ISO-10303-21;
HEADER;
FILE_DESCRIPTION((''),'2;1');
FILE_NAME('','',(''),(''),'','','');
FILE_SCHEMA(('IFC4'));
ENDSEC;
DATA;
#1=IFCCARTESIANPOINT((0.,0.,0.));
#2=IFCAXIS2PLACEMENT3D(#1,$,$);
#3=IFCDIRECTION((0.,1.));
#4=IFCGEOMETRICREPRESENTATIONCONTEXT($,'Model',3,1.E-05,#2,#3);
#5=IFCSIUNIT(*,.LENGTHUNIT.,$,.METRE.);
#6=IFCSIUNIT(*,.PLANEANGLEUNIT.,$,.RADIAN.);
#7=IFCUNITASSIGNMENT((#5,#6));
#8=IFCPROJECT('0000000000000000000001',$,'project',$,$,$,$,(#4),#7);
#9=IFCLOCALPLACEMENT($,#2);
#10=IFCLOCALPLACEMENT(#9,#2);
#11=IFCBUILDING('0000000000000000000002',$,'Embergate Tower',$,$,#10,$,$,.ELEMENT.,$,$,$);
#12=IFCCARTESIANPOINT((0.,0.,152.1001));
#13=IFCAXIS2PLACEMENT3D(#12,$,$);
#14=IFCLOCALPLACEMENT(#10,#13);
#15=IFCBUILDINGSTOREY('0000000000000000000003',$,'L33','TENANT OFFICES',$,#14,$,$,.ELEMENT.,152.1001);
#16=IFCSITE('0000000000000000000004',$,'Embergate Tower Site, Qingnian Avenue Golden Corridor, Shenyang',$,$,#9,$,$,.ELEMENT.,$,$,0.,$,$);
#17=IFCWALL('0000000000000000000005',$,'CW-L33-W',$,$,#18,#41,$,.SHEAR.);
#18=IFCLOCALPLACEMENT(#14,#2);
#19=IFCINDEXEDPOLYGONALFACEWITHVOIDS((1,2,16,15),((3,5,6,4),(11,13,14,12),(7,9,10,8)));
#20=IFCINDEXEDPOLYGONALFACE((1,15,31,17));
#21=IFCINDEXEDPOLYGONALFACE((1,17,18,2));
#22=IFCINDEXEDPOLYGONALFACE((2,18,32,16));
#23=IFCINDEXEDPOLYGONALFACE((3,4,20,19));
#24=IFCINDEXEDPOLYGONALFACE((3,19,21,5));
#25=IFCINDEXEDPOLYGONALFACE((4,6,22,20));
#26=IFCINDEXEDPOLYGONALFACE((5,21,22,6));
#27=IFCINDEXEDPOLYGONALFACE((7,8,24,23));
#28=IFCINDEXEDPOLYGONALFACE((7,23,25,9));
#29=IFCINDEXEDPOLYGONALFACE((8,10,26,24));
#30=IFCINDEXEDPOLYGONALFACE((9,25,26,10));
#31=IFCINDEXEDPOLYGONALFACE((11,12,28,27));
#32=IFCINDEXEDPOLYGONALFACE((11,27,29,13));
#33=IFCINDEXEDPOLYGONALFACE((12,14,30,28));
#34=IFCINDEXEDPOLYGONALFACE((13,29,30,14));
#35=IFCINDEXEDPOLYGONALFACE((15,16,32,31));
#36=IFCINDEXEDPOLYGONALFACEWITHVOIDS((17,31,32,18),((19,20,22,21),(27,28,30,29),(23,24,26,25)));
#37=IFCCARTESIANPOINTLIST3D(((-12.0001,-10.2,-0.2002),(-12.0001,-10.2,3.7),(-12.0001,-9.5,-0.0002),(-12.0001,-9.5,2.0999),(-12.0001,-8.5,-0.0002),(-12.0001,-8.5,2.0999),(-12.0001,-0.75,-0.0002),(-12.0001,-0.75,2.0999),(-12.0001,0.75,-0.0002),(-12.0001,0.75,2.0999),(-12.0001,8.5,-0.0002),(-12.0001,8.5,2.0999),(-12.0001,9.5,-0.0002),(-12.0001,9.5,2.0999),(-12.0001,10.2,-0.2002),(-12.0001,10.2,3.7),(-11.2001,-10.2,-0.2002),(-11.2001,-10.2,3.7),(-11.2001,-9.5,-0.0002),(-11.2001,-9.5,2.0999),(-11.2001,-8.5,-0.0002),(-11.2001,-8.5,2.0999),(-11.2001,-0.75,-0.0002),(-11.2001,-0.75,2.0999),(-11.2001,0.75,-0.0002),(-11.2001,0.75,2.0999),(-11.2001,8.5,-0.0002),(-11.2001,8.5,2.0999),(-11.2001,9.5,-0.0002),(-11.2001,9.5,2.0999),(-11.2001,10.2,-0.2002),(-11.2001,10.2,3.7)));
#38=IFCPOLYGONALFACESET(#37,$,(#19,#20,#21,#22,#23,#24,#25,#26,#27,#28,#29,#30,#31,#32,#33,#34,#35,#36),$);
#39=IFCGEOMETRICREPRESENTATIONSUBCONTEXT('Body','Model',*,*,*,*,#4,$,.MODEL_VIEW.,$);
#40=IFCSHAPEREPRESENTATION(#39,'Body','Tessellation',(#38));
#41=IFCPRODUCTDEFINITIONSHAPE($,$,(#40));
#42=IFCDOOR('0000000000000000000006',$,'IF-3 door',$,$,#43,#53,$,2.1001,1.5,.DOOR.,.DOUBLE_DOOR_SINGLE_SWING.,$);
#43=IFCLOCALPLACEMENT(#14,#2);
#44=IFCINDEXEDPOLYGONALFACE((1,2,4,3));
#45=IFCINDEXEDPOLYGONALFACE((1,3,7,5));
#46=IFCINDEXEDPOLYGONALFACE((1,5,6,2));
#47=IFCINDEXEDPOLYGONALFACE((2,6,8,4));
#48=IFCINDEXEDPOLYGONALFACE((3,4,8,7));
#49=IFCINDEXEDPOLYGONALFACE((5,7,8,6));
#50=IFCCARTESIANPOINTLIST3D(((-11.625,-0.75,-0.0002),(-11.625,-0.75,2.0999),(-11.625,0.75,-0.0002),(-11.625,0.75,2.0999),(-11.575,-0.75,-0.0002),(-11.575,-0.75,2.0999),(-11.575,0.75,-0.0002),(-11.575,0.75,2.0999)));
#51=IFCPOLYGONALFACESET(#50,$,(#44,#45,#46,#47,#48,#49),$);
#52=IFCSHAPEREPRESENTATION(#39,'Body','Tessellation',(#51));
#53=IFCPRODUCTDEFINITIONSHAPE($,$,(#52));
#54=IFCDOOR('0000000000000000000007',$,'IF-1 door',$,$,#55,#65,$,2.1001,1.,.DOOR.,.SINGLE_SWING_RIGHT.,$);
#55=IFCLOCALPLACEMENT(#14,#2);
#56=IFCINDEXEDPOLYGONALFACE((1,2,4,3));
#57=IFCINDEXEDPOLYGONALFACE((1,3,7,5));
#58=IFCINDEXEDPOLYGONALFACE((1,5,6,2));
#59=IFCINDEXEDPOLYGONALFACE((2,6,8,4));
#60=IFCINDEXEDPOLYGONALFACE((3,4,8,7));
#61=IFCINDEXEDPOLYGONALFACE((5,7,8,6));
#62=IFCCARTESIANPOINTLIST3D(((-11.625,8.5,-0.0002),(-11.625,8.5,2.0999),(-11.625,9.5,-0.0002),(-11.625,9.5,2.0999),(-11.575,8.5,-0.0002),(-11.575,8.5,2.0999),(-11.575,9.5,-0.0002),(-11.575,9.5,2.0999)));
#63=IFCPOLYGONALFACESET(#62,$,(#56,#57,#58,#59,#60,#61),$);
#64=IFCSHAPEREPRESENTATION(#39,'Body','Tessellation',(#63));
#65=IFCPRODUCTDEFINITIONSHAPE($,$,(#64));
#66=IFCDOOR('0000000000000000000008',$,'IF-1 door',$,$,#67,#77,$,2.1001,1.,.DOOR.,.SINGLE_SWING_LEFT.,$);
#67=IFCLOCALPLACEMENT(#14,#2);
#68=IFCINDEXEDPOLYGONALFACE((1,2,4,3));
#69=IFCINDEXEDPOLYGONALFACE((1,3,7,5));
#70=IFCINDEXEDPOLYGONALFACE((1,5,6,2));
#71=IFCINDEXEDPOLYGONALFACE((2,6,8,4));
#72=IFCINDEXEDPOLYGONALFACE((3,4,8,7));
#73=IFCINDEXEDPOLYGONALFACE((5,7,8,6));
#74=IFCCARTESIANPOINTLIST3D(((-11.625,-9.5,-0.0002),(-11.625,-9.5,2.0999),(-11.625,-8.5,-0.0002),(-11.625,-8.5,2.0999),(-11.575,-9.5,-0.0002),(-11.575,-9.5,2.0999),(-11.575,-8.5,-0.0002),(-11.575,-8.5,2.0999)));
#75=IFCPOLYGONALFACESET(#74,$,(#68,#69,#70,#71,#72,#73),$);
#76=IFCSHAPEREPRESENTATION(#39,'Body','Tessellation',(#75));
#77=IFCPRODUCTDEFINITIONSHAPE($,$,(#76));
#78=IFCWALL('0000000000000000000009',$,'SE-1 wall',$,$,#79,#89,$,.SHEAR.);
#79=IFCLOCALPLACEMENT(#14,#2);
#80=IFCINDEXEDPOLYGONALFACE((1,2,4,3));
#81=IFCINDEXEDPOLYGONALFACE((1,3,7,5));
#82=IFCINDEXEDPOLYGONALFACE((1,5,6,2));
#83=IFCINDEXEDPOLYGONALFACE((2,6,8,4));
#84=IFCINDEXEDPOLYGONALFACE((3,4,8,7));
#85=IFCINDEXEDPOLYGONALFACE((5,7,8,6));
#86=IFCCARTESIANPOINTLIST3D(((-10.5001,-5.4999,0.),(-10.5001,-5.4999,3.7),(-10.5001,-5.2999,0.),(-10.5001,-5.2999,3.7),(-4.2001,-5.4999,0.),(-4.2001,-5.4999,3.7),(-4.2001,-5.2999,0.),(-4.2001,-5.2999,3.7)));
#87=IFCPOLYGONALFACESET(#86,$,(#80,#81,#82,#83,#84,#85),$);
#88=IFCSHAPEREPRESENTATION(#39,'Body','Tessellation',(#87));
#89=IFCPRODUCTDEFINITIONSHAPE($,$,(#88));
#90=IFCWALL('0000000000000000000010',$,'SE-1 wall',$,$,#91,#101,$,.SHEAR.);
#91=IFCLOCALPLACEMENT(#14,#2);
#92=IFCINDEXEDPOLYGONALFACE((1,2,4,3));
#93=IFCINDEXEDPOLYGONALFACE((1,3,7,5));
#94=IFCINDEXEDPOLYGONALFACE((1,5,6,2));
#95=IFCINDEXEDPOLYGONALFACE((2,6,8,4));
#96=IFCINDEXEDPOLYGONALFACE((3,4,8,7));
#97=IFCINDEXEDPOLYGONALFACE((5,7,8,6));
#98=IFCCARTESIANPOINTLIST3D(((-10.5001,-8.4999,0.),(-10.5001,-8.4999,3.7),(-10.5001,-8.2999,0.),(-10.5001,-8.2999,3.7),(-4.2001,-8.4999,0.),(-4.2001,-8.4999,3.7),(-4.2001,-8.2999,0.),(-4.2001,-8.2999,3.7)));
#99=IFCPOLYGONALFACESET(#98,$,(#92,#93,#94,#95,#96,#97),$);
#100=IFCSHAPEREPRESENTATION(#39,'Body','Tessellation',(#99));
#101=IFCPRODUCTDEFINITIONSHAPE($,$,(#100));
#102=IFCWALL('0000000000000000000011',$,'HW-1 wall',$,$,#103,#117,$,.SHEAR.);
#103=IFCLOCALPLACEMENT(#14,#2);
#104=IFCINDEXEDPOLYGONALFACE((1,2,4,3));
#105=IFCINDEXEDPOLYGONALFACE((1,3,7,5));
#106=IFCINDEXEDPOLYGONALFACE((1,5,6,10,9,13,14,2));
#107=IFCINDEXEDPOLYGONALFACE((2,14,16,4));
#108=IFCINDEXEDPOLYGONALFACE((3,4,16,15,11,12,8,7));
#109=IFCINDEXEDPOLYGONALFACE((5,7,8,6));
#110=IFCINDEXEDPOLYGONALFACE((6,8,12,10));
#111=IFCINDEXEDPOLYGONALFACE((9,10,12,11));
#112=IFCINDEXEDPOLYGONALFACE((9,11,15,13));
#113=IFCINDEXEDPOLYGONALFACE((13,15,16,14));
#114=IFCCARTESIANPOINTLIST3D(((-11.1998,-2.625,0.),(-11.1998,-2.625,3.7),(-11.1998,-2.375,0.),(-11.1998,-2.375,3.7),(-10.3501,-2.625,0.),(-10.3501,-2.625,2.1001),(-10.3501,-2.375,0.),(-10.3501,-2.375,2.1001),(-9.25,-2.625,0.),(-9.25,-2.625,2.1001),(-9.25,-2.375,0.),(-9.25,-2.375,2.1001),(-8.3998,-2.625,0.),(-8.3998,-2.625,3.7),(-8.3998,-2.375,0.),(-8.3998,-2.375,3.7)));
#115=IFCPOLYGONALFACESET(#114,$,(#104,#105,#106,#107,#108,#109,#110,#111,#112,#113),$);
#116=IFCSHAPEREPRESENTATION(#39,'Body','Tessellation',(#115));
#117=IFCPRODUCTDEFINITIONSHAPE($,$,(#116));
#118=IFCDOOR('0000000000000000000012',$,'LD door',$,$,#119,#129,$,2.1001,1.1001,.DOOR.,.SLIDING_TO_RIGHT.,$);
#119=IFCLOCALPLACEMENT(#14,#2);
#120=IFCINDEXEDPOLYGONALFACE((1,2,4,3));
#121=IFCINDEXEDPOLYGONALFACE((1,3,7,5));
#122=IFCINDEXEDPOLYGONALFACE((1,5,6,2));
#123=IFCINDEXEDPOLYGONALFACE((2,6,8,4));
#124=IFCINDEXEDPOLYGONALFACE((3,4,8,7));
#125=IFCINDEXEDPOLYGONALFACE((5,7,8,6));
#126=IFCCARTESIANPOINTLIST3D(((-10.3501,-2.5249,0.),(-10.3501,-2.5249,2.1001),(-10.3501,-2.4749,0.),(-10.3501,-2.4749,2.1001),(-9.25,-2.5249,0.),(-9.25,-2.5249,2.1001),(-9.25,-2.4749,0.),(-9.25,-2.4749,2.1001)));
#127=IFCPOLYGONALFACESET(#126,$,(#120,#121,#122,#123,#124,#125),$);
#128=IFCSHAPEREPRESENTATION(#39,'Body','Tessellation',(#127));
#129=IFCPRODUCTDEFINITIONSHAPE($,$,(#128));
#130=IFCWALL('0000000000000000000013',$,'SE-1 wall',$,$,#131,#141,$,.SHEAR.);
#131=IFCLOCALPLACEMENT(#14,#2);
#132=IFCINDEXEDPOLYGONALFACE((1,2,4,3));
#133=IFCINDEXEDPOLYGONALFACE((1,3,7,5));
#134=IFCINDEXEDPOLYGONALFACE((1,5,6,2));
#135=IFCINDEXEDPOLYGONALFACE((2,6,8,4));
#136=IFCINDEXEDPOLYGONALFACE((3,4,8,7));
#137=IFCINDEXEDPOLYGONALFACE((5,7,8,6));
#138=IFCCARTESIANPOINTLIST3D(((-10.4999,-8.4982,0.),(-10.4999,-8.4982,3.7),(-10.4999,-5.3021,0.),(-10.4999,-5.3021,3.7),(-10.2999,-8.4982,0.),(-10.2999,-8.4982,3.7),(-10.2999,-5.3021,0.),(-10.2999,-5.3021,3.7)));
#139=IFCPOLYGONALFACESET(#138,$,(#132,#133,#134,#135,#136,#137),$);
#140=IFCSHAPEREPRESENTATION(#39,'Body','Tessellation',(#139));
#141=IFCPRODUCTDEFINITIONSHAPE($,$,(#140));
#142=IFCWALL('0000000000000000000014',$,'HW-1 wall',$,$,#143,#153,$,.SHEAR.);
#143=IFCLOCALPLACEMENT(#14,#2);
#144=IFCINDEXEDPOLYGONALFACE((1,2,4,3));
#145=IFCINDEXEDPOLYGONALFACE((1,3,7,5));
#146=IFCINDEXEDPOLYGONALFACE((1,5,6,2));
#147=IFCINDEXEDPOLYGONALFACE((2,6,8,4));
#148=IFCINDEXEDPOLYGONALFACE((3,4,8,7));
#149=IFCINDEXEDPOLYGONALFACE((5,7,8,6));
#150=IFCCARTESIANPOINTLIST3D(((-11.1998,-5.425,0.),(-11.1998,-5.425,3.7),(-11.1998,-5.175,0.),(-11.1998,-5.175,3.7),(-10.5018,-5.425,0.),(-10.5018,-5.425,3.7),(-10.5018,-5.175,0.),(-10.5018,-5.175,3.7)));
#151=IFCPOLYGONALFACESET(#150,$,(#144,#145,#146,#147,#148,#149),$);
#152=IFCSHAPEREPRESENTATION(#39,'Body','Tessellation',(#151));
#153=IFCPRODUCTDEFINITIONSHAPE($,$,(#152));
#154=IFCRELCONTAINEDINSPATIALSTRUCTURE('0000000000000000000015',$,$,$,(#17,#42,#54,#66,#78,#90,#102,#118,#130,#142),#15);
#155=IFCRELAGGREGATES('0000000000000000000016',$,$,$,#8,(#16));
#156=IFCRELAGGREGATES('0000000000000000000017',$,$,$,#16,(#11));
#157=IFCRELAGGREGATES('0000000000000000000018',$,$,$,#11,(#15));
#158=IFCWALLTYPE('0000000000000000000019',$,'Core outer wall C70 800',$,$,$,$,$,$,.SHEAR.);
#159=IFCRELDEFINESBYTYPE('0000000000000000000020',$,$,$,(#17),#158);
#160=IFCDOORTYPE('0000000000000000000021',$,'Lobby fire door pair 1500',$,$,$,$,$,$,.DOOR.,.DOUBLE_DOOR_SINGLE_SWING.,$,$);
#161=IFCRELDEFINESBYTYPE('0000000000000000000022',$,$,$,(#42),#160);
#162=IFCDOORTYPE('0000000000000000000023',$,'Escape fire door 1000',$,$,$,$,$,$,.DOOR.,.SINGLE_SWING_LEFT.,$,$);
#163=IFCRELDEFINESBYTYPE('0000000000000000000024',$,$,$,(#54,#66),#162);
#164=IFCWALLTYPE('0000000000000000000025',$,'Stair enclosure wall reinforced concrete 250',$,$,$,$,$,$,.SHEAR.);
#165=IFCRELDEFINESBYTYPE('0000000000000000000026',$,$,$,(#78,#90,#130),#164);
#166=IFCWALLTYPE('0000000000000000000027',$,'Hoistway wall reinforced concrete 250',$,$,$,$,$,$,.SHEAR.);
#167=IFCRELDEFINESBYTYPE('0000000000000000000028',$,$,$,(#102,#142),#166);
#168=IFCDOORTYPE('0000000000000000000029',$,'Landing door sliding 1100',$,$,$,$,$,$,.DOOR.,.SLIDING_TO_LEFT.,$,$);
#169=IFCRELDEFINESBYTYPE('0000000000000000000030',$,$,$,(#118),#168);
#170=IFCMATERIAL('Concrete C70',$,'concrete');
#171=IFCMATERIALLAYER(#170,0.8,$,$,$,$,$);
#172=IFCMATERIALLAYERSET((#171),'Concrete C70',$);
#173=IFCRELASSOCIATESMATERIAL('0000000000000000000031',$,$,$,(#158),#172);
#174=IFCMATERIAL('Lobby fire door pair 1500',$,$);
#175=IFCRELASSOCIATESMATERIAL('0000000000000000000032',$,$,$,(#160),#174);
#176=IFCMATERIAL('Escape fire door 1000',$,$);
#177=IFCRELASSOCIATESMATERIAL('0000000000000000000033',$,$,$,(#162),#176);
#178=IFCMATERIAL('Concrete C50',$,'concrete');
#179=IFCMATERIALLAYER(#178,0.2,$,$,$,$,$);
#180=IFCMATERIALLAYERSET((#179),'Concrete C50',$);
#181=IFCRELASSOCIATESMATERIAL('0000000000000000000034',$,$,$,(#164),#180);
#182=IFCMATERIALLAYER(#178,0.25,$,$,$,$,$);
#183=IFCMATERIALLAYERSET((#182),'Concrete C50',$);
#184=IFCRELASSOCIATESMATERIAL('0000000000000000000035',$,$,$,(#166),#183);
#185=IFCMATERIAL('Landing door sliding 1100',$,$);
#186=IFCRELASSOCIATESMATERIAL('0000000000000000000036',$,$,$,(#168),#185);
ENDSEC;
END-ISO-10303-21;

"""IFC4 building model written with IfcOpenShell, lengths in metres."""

from ifc_helpers import new_model, si_unit, direction, frame, frame_2d, origin, place, context, subcontext, project, spatial, rectangle, extrude, source, transform, mapped, material, layer, layer_set, type_object, element, fill, save


model = new_model("IFC4")

# Units and contexts
model_context = context("Model", 3, precision=1e-05, world=origin(), true_north=direction((0.0, 1.0)))
body_context = subcontext(model_context, "Body", "Model", "MODEL_VIEW")
ifc_project = project(units=[si_unit("LENGTHUNIT", "METRE"), si_unit("PLANEANGLEUNIT", "RADIAN")], contexts=[model_context])

# Site, building, storey
site_placement = place(None, origin())
site = spatial("IfcSite", under=ifc_project, at=site_placement, Name="Embergate Tower Site, Qingnian Avenue Golden Corridor, Shenyang", CompositionType="ELEMENT", RefElevation=0.0)
building_placement = place(site_placement, origin())
building = spatial("IfcBuilding", under=site, at=building_placement, Name="Embergate Tower", CompositionType="ELEMENT")
storey_placement = place(building_placement, frame((0.0, 0.0, 152.1001)))
storey = spatial("IfcBuildingStorey", under=building, at=storey_placement, Name="L33", Description="TENANT OFFICES", CompositionType="ELEMENT", Elevation=152.1001)

# Wall, openings, doors
ifc_material_1 = material(Name="Concrete C70", Category="concrete")
ifc_layer_1 = layer(ifc_material_1, 0.8)
ifc_layer_set_1 = layer_set([ifc_layer_1], Name="Concrete C70")
wall_type_1 = type_object("IfcWallType", Name="Core outer wall C70 800", PredefinedType="SHEAR", material=ifc_layer_set_1)
shared_shape_1 = source(origin(), body_context, "Body", "SweptSolid", [
    extrude(rectangle(XDim=20.3999, YDim=0.8, at=frame_2d((10.2, 0.0))), origin(), (0.0, 0.0, 1.0), 3.9001),
])
wall_1_placement = place(storey_placement, frame((-11.6001, -10.2, -0.2002), z_axis=(0.0, 0.0, 1.0), x_axis=(0.0, 1.0, 0.0)))
wall_1 = element("IfcWall", 1, at=wall_1_placement, inside=storey, type_object=wall_type_1, Name="CW-L33-W", PredefinedType="SHEAR", context=body_context, shape_type="MappedRepresentation", body=[
    mapped(shared_shape_1, transform((0.0, 0.0, 0.0))),
])
shared_shape_2 = source(origin(), body_context, "Body", "SweptSolid", [
    extrude(rectangle(XDim=1.0, YDim=2.1001, at=frame_2d((0.5, 1.05))), frame((0.0, 0.4099, 0.0), z_axis=(0.0, -1.0, 0.0), x_axis=(1.0, 0.0, 0.0)), (0.0, 0.0, 1.0), 0.8201),
])
opening_1_placement = place(wall_1_placement, frame((18.7, 0.0, 0.2)))
opening_1 = element("IfcOpeningElement", 2, at=opening_1_placement, cuts=wall_1, PredefinedType="OPENING", context=body_context, shape_type="MappedRepresentation", body=[
    mapped(shared_shape_2, transform((0.0, 0.0, 0.0))),
])
opening_2_placement = place(wall_1_placement, frame((0.7, 0.0, 0.2)))
opening_2 = element("IfcOpeningElement", 3, at=opening_2_placement, cuts=wall_1, PredefinedType="OPENING", context=body_context, shape_type="MappedRepresentation", body=[
    mapped(shared_shape_2, transform((0.0, 0.0, 0.0))),
])
shared_shape_3 = source(origin(), body_context, "Body", "SweptSolid", [
    extrude(rectangle(XDim=1.5, YDim=2.1001, at=frame_2d((0.75, 1.05))), frame((0.0, 0.4099, 0.0), z_axis=(0.0, -1.0, 0.0), x_axis=(1.0, 0.0, 0.0)), (0.0, 0.0, 1.0), 0.8201),
])
opening_3_placement = place(wall_1_placement, frame((9.45, 0.0, 0.2)))
opening_3 = element("IfcOpeningElement", 4, at=opening_3_placement, cuts=wall_1, PredefinedType="OPENING", context=body_context, shape_type="MappedRepresentation", body=[
    mapped(shared_shape_3, transform((0.0, 0.0, 0.0))),
])
ifc_material_2 = material(Name="Lobby fire door pair 1500")
door_type_1 = type_object("IfcDoorType", Name="Lobby fire door pair 1500", OperationType="DOUBLE_DOOR_SINGLE_SWING", PredefinedType="DOOR", material=ifc_material_2)
shared_shape_4 = source(origin(), body_context, "Body", "SweptSolid", [
    extrude(rectangle(XDim=1.5, YDim=2.1001, at=frame_2d((0.75, 1.05))), frame((0.0, 0.0249, 0.0), z_axis=(0.0, -1.0, 0.0), x_axis=(1.0, 0.0, 0.0)), (0.0, 0.0, 1.0), 0.05),
])
door_1_placement = place(opening_3_placement, origin())
door_1 = element("IfcDoor", 5, at=door_1_placement, inside=storey, type_object=door_type_1, Name="IF-3 door", OperationType="DOUBLE_DOOR_SINGLE_SWING", OverallHeight=2.1001, OverallWidth=1.5, PredefinedType="DOOR", context=body_context, shape_type="MappedRepresentation", body=[
    mapped(shared_shape_4, transform((0.0, 0.0, 0.0))),
])
fill(opening_3, door_1)
ifc_material_3 = material(Name="Escape fire door 1000")
door_type_2 = type_object("IfcDoorType", Name="Escape fire door 1000", OperationType="SINGLE_SWING_LEFT", PredefinedType="DOOR", material=ifc_material_3)
shared_shape_5 = source(origin(), body_context, "Body", "SweptSolid", [
    extrude(rectangle(XDim=1.0, YDim=2.1001, at=frame_2d((0.5, 1.05))), frame((0.0, 0.0249, 0.0), z_axis=(0.0, -1.0, 0.0), x_axis=(1.0, 0.0, 0.0)), (0.0, 0.0, 1.0), 0.05),
])
door_2_placement = place(opening_1_placement, origin())
door_2 = element("IfcDoor", 6, at=door_2_placement, inside=storey, type_object=door_type_2, Name="IF-1 door", OperationType="SINGLE_SWING_RIGHT", OverallHeight=2.1001, OverallWidth=1.0, PredefinedType="DOOR", context=body_context, shape_type="MappedRepresentation", body=[
    mapped(shared_shape_5, transform((0.0, 0.0, 0.0))),
])
fill(opening_1, door_2)
door_3_placement = place(opening_2_placement, origin())
door_3 = element("IfcDoor", 7, at=door_3_placement, inside=storey, type_object=door_type_2, Name="IF-1 door", OperationType="SINGLE_SWING_LEFT", OverallHeight=2.1001, OverallWidth=1.0, PredefinedType="DOOR", context=body_context, shape_type="MappedRepresentation", body=[
    mapped(shared_shape_5, transform((0.0, 0.0, 0.0))),
])
fill(opening_2, door_3)

# Walls
ifc_material_4 = material(Name="Concrete C50", Category="concrete")
ifc_layer_2 = layer(ifc_material_4, 0.2)
ifc_layer_set_2 = layer_set([ifc_layer_2], Name="Concrete C50")
wall_type_2 = type_object("IfcWallType", Name="Stair enclosure wall reinforced concrete 250", PredefinedType="SHEAR", material=ifc_layer_set_2)
shared_shape_6 = source(origin(), body_context, "Body", "SweptSolid", [
    extrude(rectangle(XDim=6.3, YDim=0.2, at=frame_2d((3.1499, 0.0))), origin(), (0.0, 0.0, 1.0), 3.7),
])
for number, where, z_axis, x_axis, name in (
    (8, (-10.5, -5.3999, 0.0), (0.0, 0.0, 1.0), (1.0, 0.0, 0.0), "SE-1 wall"),
    (9, (-10.5, -8.3999, 0.0), (0.0, 0.0, 1.0), (1.0, 0.0, 0.0), "SE-1 wall"),
):
    element("IfcWall", number, at=place(storey_placement, frame(where, z_axis=z_axis, x_axis=x_axis)), inside=storey, type_object=wall_type_2, Name=name, PredefinedType="SHEAR", context=body_context, shape_type="MappedRepresentation", body=[
        mapped(shared_shape_6, transform((0.0, 0.0, 0.0))),
    ])

# Wall, opening, door
ifc_layer_3 = layer(ifc_material_4, 0.25)
ifc_layer_set_3 = layer_set([ifc_layer_3], Name="Concrete C50")
wall_type_3 = type_object("IfcWallType", Name="Hoistway wall reinforced concrete 250", PredefinedType="SHEAR", material=ifc_layer_set_3)
shared_shape_7 = source(origin(), body_context, "Body", "SweptSolid", [
    extrude(rectangle(XDim=2.8, YDim=0.25, at=frame_2d((1.3999, 0.0))), origin(), (0.0, 0.0, 1.0), 3.7),
])
wall_2_placement = place(storey_placement, frame((-8.3999, -2.5, 0.0), z_axis=(0.0, 0.0, 1.0), x_axis=(-1.0, 0.0, 0.0)))
wall_2 = element("IfcWall", 10, at=wall_2_placement, inside=storey, type_object=wall_type_3, Name="HW-1 wall", PredefinedType="SHEAR", context=body_context, shape_type="MappedRepresentation", body=[
    mapped(shared_shape_7, transform((0.0, 0.0, 0.0))),
])
shared_shape_8 = source(origin(), body_context, "Body", "SweptSolid", [
    extrude(rectangle(XDim=1.1001, YDim=2.1001, at=frame_2d((0.55, 1.05))), frame((0.0, 0.135, 0.0), z_axis=(0.0, -1.0, 0.0), x_axis=(1.0, 0.0, 0.0)), (0.0, 0.0, 1.0), 0.27),
])
opening_4_placement = place(wall_2_placement, frame((0.8501, 0.0, 0.0)))
opening_4 = element("IfcOpeningElement", 11, at=opening_4_placement, cuts=wall_2, PredefinedType="OPENING", context=body_context, shape_type="MappedRepresentation", body=[
    mapped(shared_shape_8, transform((0.0, 0.0, 0.0))),
])
ifc_material_5 = material(Name="Landing door sliding 1100")
door_type_3 = type_object("IfcDoorType", Name="Landing door sliding 1100", OperationType="SLIDING_TO_LEFT", PredefinedType="DOOR", material=ifc_material_5)
shared_shape_9 = source(origin(), body_context, "Body", "SweptSolid", [
    extrude(rectangle(XDim=1.1001, YDim=2.1001, at=frame_2d((0.55, 1.05))), frame((0.0, 0.0249, 0.0), z_axis=(0.0, -1.0, 0.0), x_axis=(1.0, 0.0, 0.0)), (0.0, 0.0, 1.0), 0.05),
])
door_4_placement = place(opening_4_placement, origin())
door_4 = element("IfcDoor", 12, at=door_4_placement, inside=storey, type_object=door_type_3, Name="LD door", OperationType="SLIDING_TO_RIGHT", OverallHeight=2.1001, OverallWidth=1.1001, PredefinedType="DOOR", context=body_context, shape_type="MappedRepresentation", body=[
    mapped(shared_shape_9, transform((0.0, 0.0, 0.0))),
])
fill(opening_4, door_4)

# Walls
shared_shape_10 = source(origin(), body_context, "Body", "SweptSolid", [
    extrude(rectangle(XDim=3.196, YDim=0.2, at=frame_2d((1.5981, 0.0))), origin(), (0.0, 0.0, 1.0), 3.7),
])
wall_3_placement = place(storey_placement, frame((-10.3999, -5.302, 0.0), z_axis=(0.0, 0.0, 1.0), x_axis=(0.0, -1.0, 0.0)))
element("IfcWall", 13, at=wall_3_placement, inside=storey, type_object=wall_type_2, Name="SE-1 wall", PredefinedType="SHEAR", context=body_context, shape_type="MappedRepresentation", body=[
    mapped(shared_shape_10, transform((0.0, 0.0, 0.0))),
])
shared_shape_11 = source(origin(), body_context, "Body", "SweptSolid", [
    extrude(rectangle(XDim=0.698, YDim=0.25, at=frame_2d((0.3491, 0.0))), origin(), (0.0, 0.0, 1.0), 3.7),
])
wall_4_placement = place(storey_placement, frame((-11.2, -5.3, 0.0), z_axis=(0.0, 0.0, 1.0), x_axis=(1.0, 0.0, 0.0)))
element("IfcWall", 14, at=wall_4_placement, inside=storey, type_object=wall_type_3, Name="HW-1 wall", PredefinedType="SHEAR", context=body_context, shape_type="MappedRepresentation", body=[
    mapped(shared_shape_11, transform((0.0, 0.0, 0.0))),
])

save(model, "model.ifc")
